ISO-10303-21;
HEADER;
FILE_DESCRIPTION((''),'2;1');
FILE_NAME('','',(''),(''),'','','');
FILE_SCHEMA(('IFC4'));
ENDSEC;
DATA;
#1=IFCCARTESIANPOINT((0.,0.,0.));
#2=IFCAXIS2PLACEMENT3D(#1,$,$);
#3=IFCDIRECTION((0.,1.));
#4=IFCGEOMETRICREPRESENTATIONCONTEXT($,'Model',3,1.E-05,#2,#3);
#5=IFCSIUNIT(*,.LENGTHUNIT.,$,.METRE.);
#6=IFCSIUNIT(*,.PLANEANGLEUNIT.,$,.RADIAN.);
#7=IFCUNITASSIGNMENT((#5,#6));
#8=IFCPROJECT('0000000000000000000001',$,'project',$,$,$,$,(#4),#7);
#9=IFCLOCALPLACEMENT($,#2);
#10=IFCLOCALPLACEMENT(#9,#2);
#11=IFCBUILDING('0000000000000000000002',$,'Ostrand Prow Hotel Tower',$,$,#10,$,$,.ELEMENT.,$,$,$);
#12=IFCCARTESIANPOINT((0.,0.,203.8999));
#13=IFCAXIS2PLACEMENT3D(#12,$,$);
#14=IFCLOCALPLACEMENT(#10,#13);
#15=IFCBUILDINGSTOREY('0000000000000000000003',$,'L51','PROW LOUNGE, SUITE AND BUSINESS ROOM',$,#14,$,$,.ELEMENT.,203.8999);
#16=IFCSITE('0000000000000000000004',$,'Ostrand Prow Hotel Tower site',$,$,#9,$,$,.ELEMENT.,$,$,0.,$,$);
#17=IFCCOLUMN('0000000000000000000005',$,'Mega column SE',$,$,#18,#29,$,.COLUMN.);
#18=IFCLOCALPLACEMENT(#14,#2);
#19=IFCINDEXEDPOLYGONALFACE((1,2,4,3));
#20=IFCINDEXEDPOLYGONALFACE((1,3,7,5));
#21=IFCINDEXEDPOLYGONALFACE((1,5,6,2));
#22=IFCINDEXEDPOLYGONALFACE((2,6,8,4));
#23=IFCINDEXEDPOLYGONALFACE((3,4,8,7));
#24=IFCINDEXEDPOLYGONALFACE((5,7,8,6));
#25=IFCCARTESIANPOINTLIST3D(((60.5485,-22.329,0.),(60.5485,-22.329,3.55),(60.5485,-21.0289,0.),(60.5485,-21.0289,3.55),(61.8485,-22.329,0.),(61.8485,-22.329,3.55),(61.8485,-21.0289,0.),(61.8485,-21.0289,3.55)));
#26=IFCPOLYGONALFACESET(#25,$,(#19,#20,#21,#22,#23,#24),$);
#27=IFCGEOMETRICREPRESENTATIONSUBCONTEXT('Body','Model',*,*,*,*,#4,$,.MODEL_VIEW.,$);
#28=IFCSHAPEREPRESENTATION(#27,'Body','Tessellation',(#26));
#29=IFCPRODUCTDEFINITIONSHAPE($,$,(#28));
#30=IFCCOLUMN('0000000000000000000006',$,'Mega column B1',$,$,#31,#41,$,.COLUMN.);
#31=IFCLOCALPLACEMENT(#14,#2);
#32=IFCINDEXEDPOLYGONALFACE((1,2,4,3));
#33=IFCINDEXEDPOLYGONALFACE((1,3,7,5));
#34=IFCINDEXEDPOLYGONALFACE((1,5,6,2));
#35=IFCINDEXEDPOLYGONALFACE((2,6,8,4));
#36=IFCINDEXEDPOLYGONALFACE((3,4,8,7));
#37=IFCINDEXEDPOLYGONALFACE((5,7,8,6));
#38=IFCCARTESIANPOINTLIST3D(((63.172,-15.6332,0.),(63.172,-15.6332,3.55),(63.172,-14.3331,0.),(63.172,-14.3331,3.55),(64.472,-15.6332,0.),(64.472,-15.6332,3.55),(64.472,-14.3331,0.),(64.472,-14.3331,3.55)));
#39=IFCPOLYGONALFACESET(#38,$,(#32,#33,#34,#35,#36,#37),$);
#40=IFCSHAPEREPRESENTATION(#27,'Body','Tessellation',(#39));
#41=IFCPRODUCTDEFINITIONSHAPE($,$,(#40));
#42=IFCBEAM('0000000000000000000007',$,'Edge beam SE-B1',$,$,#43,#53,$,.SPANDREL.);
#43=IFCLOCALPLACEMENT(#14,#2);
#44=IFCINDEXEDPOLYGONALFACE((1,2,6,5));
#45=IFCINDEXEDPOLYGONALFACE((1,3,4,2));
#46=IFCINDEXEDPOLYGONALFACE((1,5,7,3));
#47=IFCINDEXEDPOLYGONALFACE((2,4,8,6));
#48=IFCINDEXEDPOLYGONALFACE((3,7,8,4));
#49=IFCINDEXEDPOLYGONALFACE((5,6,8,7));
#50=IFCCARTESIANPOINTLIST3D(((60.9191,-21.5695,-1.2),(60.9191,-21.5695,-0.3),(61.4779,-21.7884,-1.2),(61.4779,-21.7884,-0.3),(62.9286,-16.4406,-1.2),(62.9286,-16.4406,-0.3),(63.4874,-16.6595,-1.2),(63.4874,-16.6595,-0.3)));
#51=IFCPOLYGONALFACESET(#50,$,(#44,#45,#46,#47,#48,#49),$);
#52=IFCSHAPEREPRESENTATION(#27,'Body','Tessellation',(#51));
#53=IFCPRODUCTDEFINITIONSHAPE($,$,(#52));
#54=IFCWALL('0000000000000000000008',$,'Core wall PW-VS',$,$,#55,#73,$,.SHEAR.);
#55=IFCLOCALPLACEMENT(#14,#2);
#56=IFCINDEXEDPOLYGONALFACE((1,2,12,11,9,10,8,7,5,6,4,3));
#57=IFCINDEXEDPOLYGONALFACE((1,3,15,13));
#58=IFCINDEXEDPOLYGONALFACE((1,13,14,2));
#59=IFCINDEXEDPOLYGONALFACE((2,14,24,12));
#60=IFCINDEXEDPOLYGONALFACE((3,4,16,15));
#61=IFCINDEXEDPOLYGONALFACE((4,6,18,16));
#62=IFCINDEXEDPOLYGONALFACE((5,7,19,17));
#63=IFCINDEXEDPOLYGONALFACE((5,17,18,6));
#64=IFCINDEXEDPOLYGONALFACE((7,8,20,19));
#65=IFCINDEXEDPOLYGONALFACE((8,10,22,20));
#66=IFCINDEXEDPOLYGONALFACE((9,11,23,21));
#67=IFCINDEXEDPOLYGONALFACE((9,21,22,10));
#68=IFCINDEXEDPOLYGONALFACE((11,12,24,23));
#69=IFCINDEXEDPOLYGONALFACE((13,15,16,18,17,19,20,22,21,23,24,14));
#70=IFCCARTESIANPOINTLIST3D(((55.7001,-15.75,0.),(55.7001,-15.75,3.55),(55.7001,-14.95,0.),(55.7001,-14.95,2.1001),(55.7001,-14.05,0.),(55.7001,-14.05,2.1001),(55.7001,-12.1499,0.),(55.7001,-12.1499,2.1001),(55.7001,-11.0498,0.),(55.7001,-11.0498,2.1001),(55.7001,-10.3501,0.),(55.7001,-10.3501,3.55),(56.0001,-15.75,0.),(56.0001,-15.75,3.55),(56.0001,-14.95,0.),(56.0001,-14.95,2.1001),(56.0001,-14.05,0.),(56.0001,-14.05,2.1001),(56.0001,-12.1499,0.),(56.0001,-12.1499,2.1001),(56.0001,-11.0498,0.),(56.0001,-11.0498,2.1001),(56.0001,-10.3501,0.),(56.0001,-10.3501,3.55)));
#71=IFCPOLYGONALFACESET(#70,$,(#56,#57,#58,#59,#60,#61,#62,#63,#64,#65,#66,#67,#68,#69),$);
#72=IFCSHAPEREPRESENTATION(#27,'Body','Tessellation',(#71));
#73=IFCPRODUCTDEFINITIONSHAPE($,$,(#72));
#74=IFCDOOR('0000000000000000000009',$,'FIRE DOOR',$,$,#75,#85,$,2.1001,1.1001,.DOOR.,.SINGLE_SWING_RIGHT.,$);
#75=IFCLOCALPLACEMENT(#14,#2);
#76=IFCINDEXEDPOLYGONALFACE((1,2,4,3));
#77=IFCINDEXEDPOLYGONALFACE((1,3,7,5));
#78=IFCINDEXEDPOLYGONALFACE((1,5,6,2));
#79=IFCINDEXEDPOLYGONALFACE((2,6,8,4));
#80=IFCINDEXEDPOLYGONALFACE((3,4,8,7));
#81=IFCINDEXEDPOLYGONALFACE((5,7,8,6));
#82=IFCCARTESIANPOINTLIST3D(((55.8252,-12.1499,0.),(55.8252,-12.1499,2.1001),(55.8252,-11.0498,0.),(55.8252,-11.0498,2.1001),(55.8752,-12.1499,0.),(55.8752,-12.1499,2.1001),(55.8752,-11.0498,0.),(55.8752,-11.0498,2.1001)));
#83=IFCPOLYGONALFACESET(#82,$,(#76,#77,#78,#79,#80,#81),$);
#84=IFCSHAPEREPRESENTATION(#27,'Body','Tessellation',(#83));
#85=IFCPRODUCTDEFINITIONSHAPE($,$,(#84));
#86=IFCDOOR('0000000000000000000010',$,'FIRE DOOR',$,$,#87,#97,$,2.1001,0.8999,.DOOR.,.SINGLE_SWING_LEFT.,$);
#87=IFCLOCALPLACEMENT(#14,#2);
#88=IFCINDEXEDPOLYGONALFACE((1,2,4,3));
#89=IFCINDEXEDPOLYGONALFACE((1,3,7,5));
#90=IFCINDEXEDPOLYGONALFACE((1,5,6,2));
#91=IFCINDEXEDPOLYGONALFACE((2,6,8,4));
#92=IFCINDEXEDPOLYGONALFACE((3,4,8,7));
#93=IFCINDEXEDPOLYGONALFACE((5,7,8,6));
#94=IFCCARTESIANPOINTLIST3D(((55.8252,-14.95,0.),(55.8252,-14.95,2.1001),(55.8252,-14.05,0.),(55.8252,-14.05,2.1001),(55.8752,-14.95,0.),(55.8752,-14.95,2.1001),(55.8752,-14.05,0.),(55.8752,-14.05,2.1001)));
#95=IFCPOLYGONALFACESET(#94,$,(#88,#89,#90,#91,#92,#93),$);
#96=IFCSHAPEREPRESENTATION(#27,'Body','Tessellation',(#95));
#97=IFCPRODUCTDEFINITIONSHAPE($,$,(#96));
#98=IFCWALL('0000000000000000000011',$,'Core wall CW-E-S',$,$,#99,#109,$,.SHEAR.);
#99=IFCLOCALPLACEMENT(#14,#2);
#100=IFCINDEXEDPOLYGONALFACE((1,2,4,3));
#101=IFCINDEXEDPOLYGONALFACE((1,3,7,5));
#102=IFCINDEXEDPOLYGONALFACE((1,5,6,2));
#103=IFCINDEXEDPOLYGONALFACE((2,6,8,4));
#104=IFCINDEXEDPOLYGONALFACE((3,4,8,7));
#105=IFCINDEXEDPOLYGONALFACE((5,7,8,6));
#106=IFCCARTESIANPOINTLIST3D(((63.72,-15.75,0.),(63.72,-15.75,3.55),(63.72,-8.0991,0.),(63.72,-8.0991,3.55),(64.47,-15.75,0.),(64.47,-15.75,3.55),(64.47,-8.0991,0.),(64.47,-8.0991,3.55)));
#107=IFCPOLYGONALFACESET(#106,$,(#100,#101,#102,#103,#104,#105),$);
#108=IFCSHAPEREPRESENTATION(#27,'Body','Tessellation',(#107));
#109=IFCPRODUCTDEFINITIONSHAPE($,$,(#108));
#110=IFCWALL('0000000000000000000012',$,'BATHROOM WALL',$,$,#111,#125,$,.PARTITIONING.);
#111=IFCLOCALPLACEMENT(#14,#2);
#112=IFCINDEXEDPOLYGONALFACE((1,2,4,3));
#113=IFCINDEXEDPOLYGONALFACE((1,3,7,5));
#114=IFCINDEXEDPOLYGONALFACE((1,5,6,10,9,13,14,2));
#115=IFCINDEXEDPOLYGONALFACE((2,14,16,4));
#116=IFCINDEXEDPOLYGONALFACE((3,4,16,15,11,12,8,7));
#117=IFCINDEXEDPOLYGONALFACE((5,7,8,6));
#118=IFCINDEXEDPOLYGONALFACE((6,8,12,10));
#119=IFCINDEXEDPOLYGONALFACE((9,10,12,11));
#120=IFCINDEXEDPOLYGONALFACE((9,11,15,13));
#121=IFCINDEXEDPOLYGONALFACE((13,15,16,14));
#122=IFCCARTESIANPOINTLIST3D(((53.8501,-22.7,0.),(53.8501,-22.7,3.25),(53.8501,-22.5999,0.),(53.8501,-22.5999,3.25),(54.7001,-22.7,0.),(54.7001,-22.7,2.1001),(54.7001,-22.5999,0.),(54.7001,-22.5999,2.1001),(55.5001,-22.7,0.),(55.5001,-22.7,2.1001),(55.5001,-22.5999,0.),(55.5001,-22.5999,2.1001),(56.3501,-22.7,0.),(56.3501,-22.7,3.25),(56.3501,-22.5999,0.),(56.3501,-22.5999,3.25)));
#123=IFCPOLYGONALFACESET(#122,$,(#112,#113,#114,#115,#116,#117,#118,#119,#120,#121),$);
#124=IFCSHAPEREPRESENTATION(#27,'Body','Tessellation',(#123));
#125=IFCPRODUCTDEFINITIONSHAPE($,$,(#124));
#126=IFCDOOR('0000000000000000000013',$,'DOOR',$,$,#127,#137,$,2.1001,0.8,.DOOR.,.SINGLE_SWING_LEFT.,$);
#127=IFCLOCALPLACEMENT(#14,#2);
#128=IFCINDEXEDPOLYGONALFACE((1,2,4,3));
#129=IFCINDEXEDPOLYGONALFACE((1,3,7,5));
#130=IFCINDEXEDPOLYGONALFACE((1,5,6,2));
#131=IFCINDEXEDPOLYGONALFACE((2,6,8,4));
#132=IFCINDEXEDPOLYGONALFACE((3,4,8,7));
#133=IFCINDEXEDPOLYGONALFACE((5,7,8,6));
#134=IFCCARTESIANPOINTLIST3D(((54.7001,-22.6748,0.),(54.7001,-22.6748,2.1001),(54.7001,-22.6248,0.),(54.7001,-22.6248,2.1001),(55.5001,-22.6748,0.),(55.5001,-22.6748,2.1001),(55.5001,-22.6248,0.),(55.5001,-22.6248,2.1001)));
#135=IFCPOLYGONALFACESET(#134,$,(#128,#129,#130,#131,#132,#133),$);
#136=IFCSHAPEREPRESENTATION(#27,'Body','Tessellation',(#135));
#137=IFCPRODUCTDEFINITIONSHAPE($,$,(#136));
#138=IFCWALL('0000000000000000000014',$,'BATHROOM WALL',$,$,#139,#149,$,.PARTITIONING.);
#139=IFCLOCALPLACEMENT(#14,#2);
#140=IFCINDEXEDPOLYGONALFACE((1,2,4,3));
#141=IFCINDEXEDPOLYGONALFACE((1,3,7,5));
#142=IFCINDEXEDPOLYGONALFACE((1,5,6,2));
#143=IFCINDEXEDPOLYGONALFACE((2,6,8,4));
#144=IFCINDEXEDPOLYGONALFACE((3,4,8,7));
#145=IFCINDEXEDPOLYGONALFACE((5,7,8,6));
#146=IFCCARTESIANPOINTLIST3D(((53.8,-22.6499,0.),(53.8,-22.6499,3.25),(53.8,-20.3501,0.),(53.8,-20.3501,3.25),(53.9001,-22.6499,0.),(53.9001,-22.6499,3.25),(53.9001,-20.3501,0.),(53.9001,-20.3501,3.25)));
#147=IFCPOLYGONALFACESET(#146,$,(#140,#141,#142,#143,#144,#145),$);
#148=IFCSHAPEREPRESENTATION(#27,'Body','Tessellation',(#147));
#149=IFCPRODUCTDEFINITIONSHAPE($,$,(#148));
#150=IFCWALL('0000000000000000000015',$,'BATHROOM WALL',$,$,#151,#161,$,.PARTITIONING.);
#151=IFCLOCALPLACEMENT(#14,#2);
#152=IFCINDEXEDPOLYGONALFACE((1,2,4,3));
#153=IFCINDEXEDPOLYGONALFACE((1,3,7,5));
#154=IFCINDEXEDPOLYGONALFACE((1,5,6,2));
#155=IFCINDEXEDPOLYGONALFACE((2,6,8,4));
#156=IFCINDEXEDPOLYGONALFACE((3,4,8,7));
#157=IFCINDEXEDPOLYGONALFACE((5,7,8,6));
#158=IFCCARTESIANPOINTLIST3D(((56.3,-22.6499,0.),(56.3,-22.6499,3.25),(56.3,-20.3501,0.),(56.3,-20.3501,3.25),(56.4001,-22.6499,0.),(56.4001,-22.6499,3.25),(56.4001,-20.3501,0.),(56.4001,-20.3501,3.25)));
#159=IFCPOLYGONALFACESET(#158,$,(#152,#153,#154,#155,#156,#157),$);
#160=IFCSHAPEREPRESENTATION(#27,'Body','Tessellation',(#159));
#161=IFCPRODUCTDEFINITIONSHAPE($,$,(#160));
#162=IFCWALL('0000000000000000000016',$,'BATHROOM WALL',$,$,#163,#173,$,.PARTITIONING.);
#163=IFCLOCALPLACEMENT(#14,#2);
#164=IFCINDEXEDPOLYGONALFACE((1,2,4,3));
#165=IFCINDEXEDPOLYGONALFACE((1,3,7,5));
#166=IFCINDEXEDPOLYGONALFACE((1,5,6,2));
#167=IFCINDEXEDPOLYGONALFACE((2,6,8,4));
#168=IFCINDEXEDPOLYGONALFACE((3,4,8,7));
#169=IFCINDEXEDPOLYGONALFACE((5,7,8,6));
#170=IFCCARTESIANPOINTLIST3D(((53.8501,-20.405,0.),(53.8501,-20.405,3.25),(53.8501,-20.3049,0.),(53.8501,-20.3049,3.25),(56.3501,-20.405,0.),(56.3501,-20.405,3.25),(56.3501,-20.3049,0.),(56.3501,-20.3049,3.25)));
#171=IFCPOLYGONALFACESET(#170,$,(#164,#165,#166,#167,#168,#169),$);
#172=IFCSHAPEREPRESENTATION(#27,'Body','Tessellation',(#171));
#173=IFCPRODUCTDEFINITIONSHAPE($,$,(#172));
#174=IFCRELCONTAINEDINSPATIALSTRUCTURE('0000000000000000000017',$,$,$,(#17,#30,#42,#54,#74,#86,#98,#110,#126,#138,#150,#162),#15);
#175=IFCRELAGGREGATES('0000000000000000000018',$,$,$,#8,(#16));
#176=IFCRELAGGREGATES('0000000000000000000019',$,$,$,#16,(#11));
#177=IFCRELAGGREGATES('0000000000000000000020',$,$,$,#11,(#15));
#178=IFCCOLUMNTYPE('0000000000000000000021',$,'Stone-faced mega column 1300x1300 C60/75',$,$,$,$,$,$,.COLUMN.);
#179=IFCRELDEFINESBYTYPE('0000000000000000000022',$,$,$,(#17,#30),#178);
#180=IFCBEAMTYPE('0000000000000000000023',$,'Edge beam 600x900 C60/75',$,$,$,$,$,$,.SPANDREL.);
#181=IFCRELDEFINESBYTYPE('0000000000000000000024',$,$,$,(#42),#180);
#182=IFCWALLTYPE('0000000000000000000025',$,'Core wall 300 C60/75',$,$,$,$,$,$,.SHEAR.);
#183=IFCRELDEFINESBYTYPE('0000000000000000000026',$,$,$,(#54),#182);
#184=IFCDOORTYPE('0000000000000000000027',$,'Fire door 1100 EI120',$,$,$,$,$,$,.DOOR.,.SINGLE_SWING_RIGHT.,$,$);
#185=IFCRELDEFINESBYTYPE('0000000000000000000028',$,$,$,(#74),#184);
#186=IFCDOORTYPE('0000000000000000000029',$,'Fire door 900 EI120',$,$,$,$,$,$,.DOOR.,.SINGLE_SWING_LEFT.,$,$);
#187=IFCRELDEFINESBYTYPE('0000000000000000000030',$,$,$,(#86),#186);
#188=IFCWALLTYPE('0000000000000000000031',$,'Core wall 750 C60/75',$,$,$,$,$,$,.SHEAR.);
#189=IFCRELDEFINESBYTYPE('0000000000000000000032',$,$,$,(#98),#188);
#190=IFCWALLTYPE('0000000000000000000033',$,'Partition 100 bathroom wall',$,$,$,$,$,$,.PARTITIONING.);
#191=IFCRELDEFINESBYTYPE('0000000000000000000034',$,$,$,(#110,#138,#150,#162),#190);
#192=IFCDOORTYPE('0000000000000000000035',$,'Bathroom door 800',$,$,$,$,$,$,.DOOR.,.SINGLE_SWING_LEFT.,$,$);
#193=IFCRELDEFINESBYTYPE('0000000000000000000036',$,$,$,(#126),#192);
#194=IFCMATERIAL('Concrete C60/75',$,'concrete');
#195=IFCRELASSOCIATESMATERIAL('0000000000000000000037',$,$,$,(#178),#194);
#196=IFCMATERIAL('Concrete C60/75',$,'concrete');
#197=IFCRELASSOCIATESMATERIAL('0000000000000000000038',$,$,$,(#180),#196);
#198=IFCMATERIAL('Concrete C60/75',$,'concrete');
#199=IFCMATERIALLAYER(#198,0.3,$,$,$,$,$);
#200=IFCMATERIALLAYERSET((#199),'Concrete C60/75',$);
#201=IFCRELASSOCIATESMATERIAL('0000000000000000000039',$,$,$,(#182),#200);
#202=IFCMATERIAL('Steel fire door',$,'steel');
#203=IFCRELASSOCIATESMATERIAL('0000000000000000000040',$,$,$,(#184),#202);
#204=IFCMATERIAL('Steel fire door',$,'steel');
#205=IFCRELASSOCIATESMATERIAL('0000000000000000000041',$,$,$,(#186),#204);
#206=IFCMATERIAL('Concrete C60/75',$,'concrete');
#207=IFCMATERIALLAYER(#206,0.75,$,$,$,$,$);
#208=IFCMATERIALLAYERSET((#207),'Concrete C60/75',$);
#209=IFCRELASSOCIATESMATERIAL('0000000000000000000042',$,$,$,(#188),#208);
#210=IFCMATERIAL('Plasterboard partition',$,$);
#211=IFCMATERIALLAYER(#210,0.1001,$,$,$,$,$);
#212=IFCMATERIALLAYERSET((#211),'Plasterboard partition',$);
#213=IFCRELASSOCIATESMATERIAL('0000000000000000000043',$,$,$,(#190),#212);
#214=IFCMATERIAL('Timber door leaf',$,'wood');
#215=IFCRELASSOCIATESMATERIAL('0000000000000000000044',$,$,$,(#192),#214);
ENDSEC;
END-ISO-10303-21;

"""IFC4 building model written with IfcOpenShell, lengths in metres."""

from ifc_helpers import new_model, si_unit, direction, frame, frame_2d, origin, origin_2d, place, context, subcontext, project, spatial, rectangle, extrude, material, layer, layer_set, material_profile, profile_set, type_object, element, fill, save


model = new_model("IFC4")

# Units and contexts
model_context = context("Model", 3, precision=1e-05, world=origin(), true_north=direction((0.0, 1.0)))
body_context = subcontext(model_context, "Body", "Model", "MODEL_VIEW")
ifc_project = project(units=[si_unit("LENGTHUNIT", "METRE"), si_unit("PLANEANGLEUNIT", "RADIAN")], contexts=[model_context])

# Site, building, storey
site_placement = place(None, origin())
site = spatial("IfcSite", under=ifc_project, at=site_placement, Name="Ostrand Prow Hotel Tower site", CompositionType="ELEMENT", RefElevation=0.0)
building_placement = place(site_placement, origin())
building = spatial("IfcBuilding", under=site, at=building_placement, Name="Ostrand Prow Hotel Tower", CompositionType="ELEMENT")
storey_placement = place(building_placement, frame((0.0, 0.0, 203.8999)))
storey = spatial("IfcBuildingStorey", under=building, at=storey_placement, Name="L51", Description="PROW LOUNGE, SUITE AND BUSINESS ROOM", CompositionType="ELEMENT", Elevation=203.8999)

# Columns
ifc_material_1 = material(Name="Concrete C60/75", Category="concrete")
ifc_material_profile_1 = material_profile(ifc_material_1, rectangle(XDim=1.3, YDim=1.3, at=origin_2d()), Name="RC 1300x1300")
ifc_profile_set_1 = profile_set([ifc_material_profile_1], Name="Concrete C60/75")
column_type = type_object("IfcColumnType", Name="Stone-faced mega column 1300x1300 C60/75", PredefinedType="COLUMN", material=ifc_profile_set_1)
for number, where, z_axis, x_axis, name in (
    (1, (61.1985, -21.679, 0.0), (0.0, 0.0, 1.0), (1.0, 0.0, 0.0), "Mega column SE"),
    (2, (63.822, -14.9832, 0.0), (0.0, 0.0, 1.0), (1.0, 0.0, 0.0), "Mega column B1"),
):
    element("IfcColumn", number, at=place(storey_placement, frame(where, z_axis=z_axis, x_axis=x_axis)), inside=storey, type_object=column_type, Name=name, PredefinedType="COLUMN", context=body_context, shape_type="SweptSolid", body=[
        extrude(rectangle(XDim=1.3, YDim=1.3, at=origin_2d()), origin(), (0.0, 0.0, 1.0), 3.55),
    ])

# Beam
ifc_material_2 = material(Name="Concrete C60/75", Category="concrete")
ifc_material_profile_2 = material_profile(ifc_material_2, rectangle(XDim=0.6001, YDim=0.8999, at=origin_2d()), Name="RC 600x900")
ifc_profile_set_2 = profile_set([ifc_material_profile_2], Name="Concrete C60/75")
beam_type = type_object("IfcBeamType", Name="Edge beam 600x900 C60/75", PredefinedType="SPANDREL", material=ifc_profile_set_2)
beam_placement = place(storey_placement, frame((61.1985, -21.679, -0.75), z_axis=(0.364802, 0.931085, 0.0), x_axis=(-0.931085, 0.364802, 0.0)))
element("IfcBeam", 3, at=beam_placement, inside=storey, type_object=beam_type, Name="Edge beam SE-B1", PredefinedType="SPANDREL", context=body_context, shape_type="SweptSolid", body=[
    extrude(rectangle(XDim=0.6001, YDim=0.8999, at=origin_2d()), origin(), (0.0, 0.0, 1.0), 5.5085),
])

# Wall, openings, doors
ifc_material_3 = material(Name="Concrete C60/75", Category="concrete")
ifc_layer_1 = layer(ifc_material_3, 0.3)
ifc_layer_set_1 = layer_set([ifc_layer_1], Name="Concrete C60/75")
wall_type_1 = type_object("IfcWallType", Name="Core wall 300 C60/75", PredefinedType="SHEAR", material=ifc_layer_set_1)
wall_1_placement = place(storey_placement, frame((55.8501, -15.75, 0.0), z_axis=(0.0, 0.0, 1.0), x_axis=(0.0, 1.0, 0.0)))
wall_1 = element("IfcWall", 4, at=wall_1_placement, inside=storey, type_object=wall_type_1, Name="Core wall PW-VS", PredefinedType="SHEAR", context=body_context, shape_type="SweptSolid", body=[
    extrude(rectangle(XDim=5.3999, YDim=0.3, at=frame_2d((2.7, 0.0))), origin(), (0.0, 0.0, 1.0), 3.55),
])
opening_1_placement = place(wall_1_placement, frame((3.6001, 0.0, 0.0)))
opening_1 = element("IfcOpeningElement", 5, at=opening_1_placement, cuts=wall_1, PredefinedType="OPENING", context=body_context, shape_type="SweptSolid", body=[
    extrude(rectangle(XDim=1.1001, YDim=2.1001, at=frame_2d((0.55, 1.05))), frame((0.0, 0.1599, 0.0), z_axis=(0.0, -1.0, 0.0), x_axis=(1.0, 0.0, 0.0)), (0.0, 0.0, 1.0), 0.3201),
])
opening_2_placement = place(wall_1_placement, frame((0.8, 0.0, 0.0)))
opening_2 = element("IfcOpeningElement", 6, at=opening_2_placement, cuts=wall_1, PredefinedType="OPENING", context=body_context, shape_type="SweptSolid", body=[
    extrude(rectangle(XDim=0.8999, YDim=2.1001, at=frame_2d((0.45, 1.05))), frame((0.0, 0.1599, 0.0), z_axis=(0.0, -1.0, 0.0), x_axis=(1.0, 0.0, 0.0)), (0.0, 0.0, 1.0), 0.3201),
])
ifc_material_4 = material(Name="Steel fire door", Category="steel")
door_type_1 = type_object("IfcDoorType", Name="Fire door 1100 EI120", OperationType="SINGLE_SWING_RIGHT", PredefinedType="DOOR", material=ifc_material_4)
door_1_placement = place(opening_1_placement, origin())
door_1 = element("IfcDoor", 7, at=door_1_placement, inside=storey, type_object=door_type_1, Name="FIRE DOOR", OperationType="SINGLE_SWING_RIGHT", OverallHeight=2.1001, OverallWidth=1.1001, PredefinedType="DOOR", context=body_context, shape_type="SweptSolid", body=[
    extrude(rectangle(XDim=1.1001, YDim=2.1001, at=frame_2d((0.55, 1.05))), frame((0.0, 0.0249, 0.0), z_axis=(0.0, -1.0, 0.0), x_axis=(1.0, 0.0, 0.0)), (0.0, 0.0, 1.0), 0.05),
])
fill(opening_1, door_1)
ifc_material_5 = material(Name="Steel fire door", Category="steel")
door_type_2 = type_object("IfcDoorType", Name="Fire door 900 EI120", OperationType="SINGLE_SWING_LEFT", PredefinedType="DOOR", material=ifc_material_5)
door_2_placement = place(opening_2_placement, origin())
door_2 = element("IfcDoor", 8, at=door_2_placement, inside=storey, type_object=door_type_2, Name="FIRE DOOR", OperationType="SINGLE_SWING_LEFT", OverallHeight=2.1001, OverallWidth=0.8999, PredefinedType="DOOR", context=body_context, shape_type="SweptSolid", body=[
    extrude(rectangle(XDim=0.8999, YDim=2.1001, at=frame_2d((0.45, 1.05))), frame((0.0, 0.0249, 0.0), z_axis=(0.0, -1.0, 0.0), x_axis=(1.0, 0.0, 0.0)), (0.0, 0.0, 1.0), 0.05),
])
fill(opening_2, door_2)

# Wall
ifc_material_6 = material(Name="Concrete C60/75", Category="concrete")
ifc_layer_2 = layer(ifc_material_6, 0.75)
ifc_layer_set_2 = layer_set([ifc_layer_2], Name="Concrete C60/75")
wall_type_2 = type_object("IfcWallType", Name="Core wall 750 C60/75", PredefinedType="SHEAR", material=ifc_layer_set_2)
wall_2_placement = place(storey_placement, frame((64.095, -15.75, 0.0), z_axis=(0.0, 0.0, 1.0), x_axis=(0.0, 1.0, 0.0)))
element("IfcWall", 9, at=wall_2_placement, inside=storey, type_object=wall_type_2, Name="Core wall CW-E-S", PredefinedType="SHEAR", context=body_context, shape_type="SweptSolid", body=[
    extrude(rectangle(XDim=7.6509, YDim=0.75, at=frame_2d((3.8254, 0.0))), origin(), (0.0, 0.0, 1.0), 3.55),
])

# Wall, opening, door
ifc_material_7 = material(Name="Plasterboard partition")
ifc_layer_3 = layer(ifc_material_7, 0.1001)
ifc_layer_set_3 = layer_set([ifc_layer_3], Name="Plasterboard partition")
wall_type_3 = type_object("IfcWallType", Name="Partition 100 bathroom wall", PredefinedType="PARTITIONING", material=ifc_layer_set_3)
wall_3_placement = place(storey_placement, frame((56.3501, -22.6499, 0.0), z_axis=(0.0, 0.0, 1.0), x_axis=(-1.0, 0.0, 0.0)))
wall_3 = element("IfcWall", 10, at=wall_3_placement, inside=storey, type_object=wall_type_3, Name="BATHROOM WALL", PredefinedType="PARTITIONING", context=body_context, shape_type="SweptSolid", body=[
    extrude(rectangle(XDim=2.5, YDim=0.1001, at=frame_2d((1.25, 0.0))), origin(), (0.0, 0.0, 1.0), 3.25),
])
opening_3_placement = place(wall_3_placement, frame((0.8501, 0.0, 0.0)))
opening_3 = element("IfcOpeningElement", 11, at=opening_3_placement, cuts=wall_3, PredefinedType="OPENING", context=body_context, shape_type="SweptSolid", body=[
    extrude(rectangle(XDim=0.8, YDim=2.1001, at=frame_2d((0.3999, 1.05))), frame((0.0, 0.0601, 0.0), z_axis=(0.0, -1.0, 0.0), x_axis=(1.0, 0.0, 0.0)), (0.0, 0.0, 1.0), 0.1201),
])
ifc_material_8 = material(Name="Timber door leaf", Category="wood")
door_type_3 = type_object("IfcDoorType", Name="Bathroom door 800", OperationType="SINGLE_SWING_LEFT", PredefinedType="DOOR", material=ifc_material_8)
door_3_placement = place(opening_3_placement, origin())
door_3 = element("IfcDoor", 12, at=door_3_placement, inside=storey, type_object=door_type_3, Name="DOOR", OperationType="SINGLE_SWING_LEFT", OverallHeight=2.1001, OverallWidth=0.8, PredefinedType="DOOR", context=body_context, shape_type="SweptSolid", body=[
    extrude(rectangle(XDim=0.8, YDim=2.1001, at=frame_2d((0.3999, 1.05))), frame((0.0, 0.0249, 0.0), z_axis=(0.0, -1.0, 0.0), x_axis=(1.0, 0.0, 0.0)), (0.0, 0.0, 1.0), 0.05),
])
fill(opening_3, door_3)

# Walls
for number, where, z_axis, x_axis, name in (
    (13, (53.8501, -22.6499, 0.0), (0.0, 0.0, 1.0), (0.0, 1.0, 0.0), "BATHROOM WALL"),
    (14, (56.3501, -20.3501, 0.0), (0.0, 0.0, 1.0), (0.0, -1.0, 0.0), "BATHROOM WALL"),
):
    element("IfcWall", number, at=place(storey_placement, frame(where, z_axis=z_axis, x_axis=x_axis)), inside=storey, type_object=wall_type_3, Name=name, PredefinedType="PARTITIONING", context=body_context, shape_type="SweptSolid", body=[
        extrude(rectangle(XDim=2.2998, YDim=0.1001, at=frame_2d((1.1499, 0.0))), origin(), (0.0, 0.0, 1.0), 3.25),
    ])
wall_4_placement = place(storey_placement, frame((53.8501, -20.355, 0.0), z_axis=(0.0, 0.0, 1.0), x_axis=(1.0, 0.0, 0.0)))
element("IfcWall", 15, at=wall_4_placement, inside=storey, type_object=wall_type_3, Name="BATHROOM WALL", PredefinedType="PARTITIONING", context=body_context, shape_type="SweptSolid", body=[
    extrude(rectangle(XDim=2.5, YDim=0.1001, at=frame_2d((1.25, 0.0))), origin(), (0.0, 0.0, 1.0), 3.25),
])

save(model, "model.ifc")
